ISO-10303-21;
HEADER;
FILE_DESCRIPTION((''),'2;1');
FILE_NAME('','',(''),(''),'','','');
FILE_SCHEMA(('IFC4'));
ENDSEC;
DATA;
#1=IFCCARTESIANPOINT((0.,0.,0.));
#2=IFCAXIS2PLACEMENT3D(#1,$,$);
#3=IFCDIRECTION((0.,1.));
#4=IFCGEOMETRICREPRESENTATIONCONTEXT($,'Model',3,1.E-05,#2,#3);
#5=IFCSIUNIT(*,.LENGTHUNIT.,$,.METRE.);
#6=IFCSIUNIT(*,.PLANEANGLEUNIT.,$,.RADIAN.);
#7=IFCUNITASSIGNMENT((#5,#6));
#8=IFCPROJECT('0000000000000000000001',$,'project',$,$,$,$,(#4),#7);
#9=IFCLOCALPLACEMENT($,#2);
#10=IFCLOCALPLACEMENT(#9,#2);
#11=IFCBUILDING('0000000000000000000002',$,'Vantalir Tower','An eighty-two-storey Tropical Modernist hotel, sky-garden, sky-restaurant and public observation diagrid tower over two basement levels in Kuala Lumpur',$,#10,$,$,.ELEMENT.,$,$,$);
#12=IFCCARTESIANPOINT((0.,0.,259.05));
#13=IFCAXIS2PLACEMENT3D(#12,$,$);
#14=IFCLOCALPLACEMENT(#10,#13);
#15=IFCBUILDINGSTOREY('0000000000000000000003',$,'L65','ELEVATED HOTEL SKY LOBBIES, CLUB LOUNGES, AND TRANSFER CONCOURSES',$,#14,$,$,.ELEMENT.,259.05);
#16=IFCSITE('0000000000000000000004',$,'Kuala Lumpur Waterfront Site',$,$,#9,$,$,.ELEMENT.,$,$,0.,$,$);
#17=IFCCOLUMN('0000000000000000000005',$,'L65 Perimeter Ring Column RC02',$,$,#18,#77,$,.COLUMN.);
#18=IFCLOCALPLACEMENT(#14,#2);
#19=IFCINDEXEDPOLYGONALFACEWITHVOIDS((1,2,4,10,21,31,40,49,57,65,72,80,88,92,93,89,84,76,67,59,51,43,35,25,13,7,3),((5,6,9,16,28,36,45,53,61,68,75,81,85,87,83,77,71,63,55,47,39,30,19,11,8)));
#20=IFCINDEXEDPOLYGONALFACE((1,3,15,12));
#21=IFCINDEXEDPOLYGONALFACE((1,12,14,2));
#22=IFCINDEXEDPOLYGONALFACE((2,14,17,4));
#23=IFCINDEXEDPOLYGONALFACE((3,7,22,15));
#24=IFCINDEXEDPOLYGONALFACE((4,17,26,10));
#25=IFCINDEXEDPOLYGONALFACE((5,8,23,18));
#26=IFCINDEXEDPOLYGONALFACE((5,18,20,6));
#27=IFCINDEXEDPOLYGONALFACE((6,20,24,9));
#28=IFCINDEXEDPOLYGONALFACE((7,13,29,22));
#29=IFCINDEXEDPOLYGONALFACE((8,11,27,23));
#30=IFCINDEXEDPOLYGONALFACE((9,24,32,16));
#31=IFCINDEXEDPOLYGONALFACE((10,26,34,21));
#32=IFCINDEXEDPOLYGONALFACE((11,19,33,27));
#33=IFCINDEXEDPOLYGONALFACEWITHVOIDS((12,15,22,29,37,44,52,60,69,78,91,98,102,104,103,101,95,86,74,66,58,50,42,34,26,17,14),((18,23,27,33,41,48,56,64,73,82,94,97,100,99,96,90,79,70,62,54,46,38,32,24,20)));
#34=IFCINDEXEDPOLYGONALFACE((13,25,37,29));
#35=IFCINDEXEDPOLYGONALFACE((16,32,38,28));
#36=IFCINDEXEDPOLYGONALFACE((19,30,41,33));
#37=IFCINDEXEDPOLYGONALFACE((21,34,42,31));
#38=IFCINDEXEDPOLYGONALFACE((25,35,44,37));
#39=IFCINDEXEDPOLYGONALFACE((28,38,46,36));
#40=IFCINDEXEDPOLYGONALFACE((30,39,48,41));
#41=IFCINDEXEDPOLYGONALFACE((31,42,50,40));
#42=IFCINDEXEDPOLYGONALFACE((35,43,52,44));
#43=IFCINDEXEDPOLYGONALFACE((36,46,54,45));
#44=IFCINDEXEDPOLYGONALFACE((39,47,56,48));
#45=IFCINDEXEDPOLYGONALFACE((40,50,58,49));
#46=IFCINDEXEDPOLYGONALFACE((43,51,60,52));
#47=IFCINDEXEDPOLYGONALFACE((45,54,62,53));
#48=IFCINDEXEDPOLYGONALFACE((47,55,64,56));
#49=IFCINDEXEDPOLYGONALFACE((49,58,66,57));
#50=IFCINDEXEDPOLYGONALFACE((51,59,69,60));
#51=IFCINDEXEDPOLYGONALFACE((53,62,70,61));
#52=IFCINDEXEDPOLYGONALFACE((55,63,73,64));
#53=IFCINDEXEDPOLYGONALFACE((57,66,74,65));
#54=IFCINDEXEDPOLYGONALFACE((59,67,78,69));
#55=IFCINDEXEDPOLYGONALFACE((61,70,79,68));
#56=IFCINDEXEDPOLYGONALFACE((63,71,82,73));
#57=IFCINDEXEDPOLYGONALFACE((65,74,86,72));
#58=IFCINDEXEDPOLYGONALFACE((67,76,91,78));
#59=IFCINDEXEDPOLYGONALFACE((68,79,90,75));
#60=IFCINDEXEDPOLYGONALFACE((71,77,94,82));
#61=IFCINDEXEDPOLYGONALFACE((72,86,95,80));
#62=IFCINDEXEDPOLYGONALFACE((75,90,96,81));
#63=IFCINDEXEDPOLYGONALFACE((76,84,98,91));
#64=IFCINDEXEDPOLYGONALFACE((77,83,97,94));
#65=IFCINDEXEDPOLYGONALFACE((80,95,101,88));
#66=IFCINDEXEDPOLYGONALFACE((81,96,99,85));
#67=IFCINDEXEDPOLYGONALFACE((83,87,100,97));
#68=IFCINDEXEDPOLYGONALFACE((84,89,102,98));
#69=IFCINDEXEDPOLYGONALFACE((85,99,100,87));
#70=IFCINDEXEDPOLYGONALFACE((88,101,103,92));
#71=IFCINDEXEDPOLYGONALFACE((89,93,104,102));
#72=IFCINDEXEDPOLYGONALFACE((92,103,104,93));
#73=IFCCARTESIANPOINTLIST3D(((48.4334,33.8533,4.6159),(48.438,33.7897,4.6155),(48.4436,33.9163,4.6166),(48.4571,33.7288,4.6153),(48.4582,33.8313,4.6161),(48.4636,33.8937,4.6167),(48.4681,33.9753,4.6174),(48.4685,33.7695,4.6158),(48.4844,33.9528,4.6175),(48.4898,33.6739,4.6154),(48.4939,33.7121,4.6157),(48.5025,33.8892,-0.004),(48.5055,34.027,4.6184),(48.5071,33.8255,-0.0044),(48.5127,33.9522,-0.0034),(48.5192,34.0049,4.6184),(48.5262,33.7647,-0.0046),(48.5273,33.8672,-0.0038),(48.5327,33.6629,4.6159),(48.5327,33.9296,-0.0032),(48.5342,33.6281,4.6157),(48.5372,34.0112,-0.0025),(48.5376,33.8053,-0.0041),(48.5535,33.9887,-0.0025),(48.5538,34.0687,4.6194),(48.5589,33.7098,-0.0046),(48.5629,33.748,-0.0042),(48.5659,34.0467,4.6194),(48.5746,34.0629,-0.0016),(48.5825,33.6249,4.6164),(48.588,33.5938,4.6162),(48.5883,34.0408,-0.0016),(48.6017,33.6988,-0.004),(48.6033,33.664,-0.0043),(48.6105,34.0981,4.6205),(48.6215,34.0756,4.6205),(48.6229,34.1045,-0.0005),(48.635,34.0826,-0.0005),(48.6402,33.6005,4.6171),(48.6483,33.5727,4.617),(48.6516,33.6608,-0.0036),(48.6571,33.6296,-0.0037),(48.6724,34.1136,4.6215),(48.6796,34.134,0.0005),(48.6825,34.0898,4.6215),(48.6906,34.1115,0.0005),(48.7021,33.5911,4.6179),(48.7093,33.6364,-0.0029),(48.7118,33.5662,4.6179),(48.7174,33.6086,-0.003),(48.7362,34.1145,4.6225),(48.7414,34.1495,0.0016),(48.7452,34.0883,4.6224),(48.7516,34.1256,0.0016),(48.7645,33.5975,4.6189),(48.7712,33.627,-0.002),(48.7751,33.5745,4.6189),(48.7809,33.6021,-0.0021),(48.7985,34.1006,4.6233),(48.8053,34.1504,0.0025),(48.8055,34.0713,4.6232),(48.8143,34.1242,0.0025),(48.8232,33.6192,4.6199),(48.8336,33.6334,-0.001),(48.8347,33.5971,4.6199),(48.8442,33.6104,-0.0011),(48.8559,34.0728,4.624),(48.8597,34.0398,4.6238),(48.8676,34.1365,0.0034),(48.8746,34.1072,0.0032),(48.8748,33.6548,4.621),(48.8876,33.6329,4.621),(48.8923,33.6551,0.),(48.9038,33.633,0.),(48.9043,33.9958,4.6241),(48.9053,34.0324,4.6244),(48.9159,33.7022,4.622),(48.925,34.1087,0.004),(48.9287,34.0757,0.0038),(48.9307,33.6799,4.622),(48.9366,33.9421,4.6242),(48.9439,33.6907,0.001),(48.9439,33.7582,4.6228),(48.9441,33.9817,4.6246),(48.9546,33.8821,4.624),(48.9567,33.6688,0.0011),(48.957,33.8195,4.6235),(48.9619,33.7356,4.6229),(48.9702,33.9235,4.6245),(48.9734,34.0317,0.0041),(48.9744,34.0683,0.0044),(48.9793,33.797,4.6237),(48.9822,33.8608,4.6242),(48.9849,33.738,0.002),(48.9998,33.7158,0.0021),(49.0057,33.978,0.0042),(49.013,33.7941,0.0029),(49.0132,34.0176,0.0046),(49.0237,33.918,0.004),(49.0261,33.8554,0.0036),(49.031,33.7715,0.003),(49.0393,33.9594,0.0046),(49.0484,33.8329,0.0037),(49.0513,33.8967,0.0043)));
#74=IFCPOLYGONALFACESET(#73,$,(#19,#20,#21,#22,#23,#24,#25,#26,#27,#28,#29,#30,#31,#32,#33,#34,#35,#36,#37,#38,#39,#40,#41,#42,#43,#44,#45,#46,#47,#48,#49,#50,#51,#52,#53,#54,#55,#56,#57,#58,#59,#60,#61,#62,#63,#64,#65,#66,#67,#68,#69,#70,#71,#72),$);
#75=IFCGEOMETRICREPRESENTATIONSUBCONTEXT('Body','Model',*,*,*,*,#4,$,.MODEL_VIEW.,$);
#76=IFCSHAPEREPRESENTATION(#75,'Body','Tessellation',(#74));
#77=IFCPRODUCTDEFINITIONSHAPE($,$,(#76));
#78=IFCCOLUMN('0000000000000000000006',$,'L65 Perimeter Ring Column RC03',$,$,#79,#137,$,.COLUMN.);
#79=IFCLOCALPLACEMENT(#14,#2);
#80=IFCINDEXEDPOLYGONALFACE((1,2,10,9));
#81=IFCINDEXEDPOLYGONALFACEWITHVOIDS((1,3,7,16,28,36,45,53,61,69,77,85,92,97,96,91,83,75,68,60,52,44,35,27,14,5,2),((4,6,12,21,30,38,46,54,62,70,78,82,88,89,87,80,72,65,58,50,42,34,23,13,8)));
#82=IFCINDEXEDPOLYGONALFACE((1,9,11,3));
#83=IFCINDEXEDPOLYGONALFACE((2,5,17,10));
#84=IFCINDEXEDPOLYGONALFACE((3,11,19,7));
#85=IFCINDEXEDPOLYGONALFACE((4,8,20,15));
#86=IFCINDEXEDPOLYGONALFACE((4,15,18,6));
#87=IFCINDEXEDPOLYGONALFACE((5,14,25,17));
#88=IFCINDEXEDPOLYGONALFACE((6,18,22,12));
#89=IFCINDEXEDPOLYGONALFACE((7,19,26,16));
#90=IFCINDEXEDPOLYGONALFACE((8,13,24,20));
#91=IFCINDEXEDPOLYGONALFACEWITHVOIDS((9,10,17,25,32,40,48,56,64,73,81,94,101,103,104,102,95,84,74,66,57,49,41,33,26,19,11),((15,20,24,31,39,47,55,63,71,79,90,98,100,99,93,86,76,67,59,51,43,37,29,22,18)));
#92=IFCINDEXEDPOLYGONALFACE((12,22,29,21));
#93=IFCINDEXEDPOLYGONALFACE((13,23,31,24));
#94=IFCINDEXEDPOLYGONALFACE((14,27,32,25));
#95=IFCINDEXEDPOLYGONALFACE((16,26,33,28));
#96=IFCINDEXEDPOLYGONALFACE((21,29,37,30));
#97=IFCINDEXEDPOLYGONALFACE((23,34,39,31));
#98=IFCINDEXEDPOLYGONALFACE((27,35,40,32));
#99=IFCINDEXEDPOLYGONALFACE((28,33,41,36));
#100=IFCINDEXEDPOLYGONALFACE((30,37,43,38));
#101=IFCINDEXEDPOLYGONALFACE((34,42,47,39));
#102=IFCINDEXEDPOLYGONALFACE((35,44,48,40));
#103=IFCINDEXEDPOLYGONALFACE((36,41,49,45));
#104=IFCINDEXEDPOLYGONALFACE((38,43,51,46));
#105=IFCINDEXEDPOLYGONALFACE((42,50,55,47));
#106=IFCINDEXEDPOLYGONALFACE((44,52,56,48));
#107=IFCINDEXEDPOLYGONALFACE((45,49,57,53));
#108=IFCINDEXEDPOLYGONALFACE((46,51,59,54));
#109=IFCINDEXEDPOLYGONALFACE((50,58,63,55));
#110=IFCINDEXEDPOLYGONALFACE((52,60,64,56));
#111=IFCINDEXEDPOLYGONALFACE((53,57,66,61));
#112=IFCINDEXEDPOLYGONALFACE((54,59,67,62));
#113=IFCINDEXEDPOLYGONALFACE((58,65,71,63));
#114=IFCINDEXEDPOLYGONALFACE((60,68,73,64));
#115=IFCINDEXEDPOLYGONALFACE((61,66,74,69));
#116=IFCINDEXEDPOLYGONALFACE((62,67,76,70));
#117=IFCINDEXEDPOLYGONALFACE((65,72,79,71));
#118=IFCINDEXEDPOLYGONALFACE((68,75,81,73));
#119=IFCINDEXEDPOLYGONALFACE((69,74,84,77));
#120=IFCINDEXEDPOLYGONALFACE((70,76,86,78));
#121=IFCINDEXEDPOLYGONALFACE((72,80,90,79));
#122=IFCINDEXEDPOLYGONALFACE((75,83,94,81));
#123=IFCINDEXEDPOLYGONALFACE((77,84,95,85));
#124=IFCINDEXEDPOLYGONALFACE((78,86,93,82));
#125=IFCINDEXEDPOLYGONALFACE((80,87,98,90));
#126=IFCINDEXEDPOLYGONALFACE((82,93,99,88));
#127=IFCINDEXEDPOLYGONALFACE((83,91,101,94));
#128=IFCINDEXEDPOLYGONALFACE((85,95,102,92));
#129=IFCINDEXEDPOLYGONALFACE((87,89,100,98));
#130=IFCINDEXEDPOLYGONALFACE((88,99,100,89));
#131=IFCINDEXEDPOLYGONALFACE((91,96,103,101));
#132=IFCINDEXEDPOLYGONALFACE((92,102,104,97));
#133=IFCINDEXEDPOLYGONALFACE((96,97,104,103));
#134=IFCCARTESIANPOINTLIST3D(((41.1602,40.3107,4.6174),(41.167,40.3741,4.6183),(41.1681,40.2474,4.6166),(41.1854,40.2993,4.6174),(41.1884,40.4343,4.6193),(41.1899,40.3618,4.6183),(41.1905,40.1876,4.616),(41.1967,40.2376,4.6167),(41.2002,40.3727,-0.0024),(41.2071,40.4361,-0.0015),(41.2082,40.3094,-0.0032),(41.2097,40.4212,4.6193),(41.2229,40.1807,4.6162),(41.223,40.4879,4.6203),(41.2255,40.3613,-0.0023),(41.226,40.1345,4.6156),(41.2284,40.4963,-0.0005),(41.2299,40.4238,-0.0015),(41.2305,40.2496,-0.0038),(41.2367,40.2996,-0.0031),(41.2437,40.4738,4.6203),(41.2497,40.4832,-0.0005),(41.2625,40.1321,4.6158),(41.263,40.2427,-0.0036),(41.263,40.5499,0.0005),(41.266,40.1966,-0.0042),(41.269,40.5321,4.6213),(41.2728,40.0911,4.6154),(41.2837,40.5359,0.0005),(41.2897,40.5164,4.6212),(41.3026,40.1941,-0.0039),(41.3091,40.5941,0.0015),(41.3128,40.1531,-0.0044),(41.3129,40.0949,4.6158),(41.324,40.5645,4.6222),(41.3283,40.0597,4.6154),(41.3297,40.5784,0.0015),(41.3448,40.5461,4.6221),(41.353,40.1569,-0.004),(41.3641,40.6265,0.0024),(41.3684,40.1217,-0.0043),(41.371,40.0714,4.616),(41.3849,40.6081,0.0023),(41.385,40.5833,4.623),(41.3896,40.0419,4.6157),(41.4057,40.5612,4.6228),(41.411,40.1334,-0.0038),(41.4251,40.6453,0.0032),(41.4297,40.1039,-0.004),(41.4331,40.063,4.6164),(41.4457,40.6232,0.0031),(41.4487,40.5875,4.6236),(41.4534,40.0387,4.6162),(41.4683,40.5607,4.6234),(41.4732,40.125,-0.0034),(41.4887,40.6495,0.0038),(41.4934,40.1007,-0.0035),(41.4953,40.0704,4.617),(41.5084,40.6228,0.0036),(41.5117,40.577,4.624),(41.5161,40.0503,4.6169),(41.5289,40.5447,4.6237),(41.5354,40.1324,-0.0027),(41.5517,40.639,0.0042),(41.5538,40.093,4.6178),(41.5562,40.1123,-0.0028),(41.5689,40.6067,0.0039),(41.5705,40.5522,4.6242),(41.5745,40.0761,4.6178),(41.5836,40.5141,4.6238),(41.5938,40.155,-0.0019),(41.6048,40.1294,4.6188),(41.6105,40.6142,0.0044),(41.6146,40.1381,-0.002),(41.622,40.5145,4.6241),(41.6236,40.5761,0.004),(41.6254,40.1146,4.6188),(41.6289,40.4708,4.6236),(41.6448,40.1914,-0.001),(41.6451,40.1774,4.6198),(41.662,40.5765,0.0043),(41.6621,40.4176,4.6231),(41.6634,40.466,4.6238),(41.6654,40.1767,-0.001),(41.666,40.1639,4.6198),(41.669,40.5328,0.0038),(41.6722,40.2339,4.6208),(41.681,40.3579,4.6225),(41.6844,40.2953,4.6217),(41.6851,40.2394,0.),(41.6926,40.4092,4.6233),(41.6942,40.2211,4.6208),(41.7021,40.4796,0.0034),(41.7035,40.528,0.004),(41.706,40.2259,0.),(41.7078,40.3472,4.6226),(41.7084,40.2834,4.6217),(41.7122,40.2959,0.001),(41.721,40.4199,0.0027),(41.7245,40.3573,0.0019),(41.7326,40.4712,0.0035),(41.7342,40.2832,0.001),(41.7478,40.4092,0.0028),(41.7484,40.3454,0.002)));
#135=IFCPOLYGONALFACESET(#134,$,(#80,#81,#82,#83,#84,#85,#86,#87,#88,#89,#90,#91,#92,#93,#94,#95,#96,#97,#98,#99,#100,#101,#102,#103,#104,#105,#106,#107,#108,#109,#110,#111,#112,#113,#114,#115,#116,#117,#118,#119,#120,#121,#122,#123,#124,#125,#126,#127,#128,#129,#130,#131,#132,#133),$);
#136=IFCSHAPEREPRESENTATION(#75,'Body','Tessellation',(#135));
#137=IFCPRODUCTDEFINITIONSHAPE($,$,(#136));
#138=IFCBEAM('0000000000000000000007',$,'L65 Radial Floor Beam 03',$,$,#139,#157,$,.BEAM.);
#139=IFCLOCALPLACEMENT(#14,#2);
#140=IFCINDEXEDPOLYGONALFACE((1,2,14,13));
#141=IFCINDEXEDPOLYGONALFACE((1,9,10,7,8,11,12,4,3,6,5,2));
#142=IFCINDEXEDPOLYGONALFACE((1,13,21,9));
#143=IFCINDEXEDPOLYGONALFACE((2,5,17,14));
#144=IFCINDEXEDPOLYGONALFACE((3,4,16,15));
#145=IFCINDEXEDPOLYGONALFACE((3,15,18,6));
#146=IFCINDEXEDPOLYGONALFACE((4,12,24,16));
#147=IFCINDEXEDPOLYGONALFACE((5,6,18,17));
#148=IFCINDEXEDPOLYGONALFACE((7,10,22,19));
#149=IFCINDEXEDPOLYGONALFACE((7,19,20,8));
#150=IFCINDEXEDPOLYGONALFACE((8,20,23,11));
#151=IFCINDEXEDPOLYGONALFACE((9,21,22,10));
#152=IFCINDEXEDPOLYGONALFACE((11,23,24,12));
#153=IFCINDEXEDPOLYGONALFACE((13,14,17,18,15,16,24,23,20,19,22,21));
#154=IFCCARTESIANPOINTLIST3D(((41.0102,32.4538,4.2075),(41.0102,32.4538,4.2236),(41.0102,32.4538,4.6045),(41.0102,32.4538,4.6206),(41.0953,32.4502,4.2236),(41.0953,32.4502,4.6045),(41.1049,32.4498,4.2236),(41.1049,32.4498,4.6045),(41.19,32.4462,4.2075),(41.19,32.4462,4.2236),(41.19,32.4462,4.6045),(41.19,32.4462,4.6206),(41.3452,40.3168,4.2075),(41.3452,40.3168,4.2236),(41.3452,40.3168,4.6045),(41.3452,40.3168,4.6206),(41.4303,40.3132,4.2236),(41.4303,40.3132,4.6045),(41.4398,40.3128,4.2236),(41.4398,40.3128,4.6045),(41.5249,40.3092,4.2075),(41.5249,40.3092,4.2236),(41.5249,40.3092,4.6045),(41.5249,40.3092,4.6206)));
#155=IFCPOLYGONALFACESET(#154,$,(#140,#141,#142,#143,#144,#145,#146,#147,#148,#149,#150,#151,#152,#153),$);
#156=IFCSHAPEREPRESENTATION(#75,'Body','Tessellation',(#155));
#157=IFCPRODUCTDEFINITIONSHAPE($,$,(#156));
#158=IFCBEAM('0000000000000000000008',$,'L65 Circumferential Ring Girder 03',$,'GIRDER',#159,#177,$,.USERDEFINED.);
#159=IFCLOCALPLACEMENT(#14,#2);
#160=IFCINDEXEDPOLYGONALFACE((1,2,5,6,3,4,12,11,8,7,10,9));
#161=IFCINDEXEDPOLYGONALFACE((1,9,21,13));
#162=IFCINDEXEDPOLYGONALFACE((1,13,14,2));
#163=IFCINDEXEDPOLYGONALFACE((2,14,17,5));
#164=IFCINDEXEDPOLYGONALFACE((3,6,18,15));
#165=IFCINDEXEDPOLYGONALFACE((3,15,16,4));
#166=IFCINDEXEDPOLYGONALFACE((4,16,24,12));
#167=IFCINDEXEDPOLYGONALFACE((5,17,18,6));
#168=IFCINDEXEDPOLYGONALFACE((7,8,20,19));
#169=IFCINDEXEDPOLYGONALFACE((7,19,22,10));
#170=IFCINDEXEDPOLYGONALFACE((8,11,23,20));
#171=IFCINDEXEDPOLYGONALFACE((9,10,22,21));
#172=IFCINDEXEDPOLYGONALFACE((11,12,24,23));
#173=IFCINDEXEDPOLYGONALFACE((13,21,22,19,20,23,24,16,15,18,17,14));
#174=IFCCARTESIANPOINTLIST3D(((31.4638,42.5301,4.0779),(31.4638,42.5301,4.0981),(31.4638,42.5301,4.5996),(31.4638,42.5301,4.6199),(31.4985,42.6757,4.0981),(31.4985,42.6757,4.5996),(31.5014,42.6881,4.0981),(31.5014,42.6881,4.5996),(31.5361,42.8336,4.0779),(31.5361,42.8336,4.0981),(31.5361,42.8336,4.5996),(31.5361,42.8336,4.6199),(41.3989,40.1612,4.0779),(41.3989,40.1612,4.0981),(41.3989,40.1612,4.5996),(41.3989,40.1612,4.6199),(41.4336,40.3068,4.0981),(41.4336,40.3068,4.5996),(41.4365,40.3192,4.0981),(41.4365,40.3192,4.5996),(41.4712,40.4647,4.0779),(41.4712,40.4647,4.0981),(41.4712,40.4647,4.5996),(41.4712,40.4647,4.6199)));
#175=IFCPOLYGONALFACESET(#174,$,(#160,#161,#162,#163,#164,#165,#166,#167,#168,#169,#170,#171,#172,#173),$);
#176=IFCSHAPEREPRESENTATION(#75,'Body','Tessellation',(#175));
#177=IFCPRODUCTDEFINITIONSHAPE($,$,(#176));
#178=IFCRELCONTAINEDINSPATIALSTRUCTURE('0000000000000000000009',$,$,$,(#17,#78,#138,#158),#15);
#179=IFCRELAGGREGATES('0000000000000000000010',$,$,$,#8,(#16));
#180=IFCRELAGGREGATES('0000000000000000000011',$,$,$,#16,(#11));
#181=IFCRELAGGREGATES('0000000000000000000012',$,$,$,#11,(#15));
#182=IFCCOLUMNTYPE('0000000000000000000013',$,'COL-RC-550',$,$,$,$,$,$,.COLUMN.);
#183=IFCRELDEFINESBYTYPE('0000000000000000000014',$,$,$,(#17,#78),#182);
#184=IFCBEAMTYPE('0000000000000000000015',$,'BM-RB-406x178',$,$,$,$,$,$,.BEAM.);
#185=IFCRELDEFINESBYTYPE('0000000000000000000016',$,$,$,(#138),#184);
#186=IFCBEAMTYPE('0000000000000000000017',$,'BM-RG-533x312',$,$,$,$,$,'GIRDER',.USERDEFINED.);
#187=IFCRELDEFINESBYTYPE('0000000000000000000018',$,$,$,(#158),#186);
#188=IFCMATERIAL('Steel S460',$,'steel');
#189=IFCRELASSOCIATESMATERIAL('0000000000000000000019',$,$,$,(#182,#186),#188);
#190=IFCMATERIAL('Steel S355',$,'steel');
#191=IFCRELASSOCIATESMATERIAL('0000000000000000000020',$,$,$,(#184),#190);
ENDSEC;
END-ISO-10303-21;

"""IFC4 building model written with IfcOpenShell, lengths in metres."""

from ifc_helpers import new_model, si_unit, direction, frame, origin, origin_2d, place, context, subcontext, project, spatial, hollow_circle, i_section, extrude, material, material_profile, profile_set, type_object, element, save


model = new_model("IFC4")

# Units and contexts
model_context = context("Model", 3, precision=1e-05, world=origin(), true_north=direction((0.0, 1.0)))
body_context = subcontext(model_context, "Body", "Model", "MODEL_VIEW")
ifc_project = project(units=[si_unit("LENGTHUNIT", "METRE"), si_unit("PLANEANGLEUNIT", "RADIAN")], contexts=[model_context])

# Site, building, storey
site_placement = place(None, origin())
site = spatial("IfcSite", under=ifc_project, at=site_placement, Name="Kuala Lumpur Waterfront Site", CompositionType="ELEMENT", RefElevation=0.0)
building_placement = place(site_placement, origin())
building = spatial("IfcBuilding", under=site, at=building_placement, Name="Vantalir Tower", Description="An eighty-two-storey Tropical Modernist hotel, sky-garden, sky-restaurant and public observation diagrid tower over two basement levels in Kuala Lumpur", CompositionType="ELEMENT")
storey_placement = place(building_placement, frame((0.0, 0.0, 259.05)))
storey = spatial("IfcBuildingStorey", under=building, at=storey_placement, Name="L65", Description="ELEVATED HOTEL SKY LOBBIES, CLUB LOUNGES, AND TRANSFER CONCOURSES", CompositionType="ELEMENT", Elevation=259.05)

# Columns
ifc_material_1 = material(Name="Steel S460", Category="steel")
ifc_material_profile_1 = material_profile(ifc_material_1, hollow_circle(Radius=0.2749, WallThickness=0.0249, at=origin_2d()), Name="Steel S460")
ifc_profile_set_1 = profile_set([ifc_material_profile_1], Name="Steel S460")
column_type = type_object("IfcColumnType", Name="COL-RC-550", PredefinedType="COLUMN", material=ifc_profile_set_1)
column_1_placement = place(storey_placement, frame((48.7771, 33.877, 0.0), z_axis=(-0.014953, -0.007767, 0.999858), x_axis=(0.460958, -0.887422, 0.0)))
element("IfcColumn", 1, at=column_1_placement, inside=storey, type_object=column_type, Name="L65 Perimeter Ring Column RC02", PredefinedType="COLUMN", context=body_context, shape_type="SweptSolid", body=[
    extrude(hollow_circle(Radius=0.2749, WallThickness=0.0249, at=origin_2d()), origin(), (0.0, 0.0, 1.0), 4.6206),
])
column_2_placement = place(storey_placement, frame((41.4751, 40.375, 0.0), z_axis=(-0.008666, -0.013421, 0.999872), x_axis=(0.840102, -0.542428, 0.0)))
element("IfcColumn", 2, at=column_2_placement, inside=storey, type_object=column_type, Name="L65 Perimeter Ring Column RC03", PredefinedType="COLUMN", context=body_context, shape_type="SweptSolid", body=[
    extrude(hollow_circle(Radius=0.2749, WallThickness=0.0249, at=origin_2d()), origin(), (0.0, 0.0, 1.0), 4.6204),
])

# Beams
ifc_material_2 = material(Name="Steel S355", Category="steel")
ifc_material_profile_2 = material_profile(ifc_material_2, i_section(OverallWidth=0.1799, OverallDepth=0.4131, WebThickness=0.0095, FlangeThickness=0.0161, at=origin_2d()), Name="Steel S355")
ifc_profile_set_2 = profile_set([ifc_material_profile_2], Name="Steel S355")
beam_type_1 = type_object("IfcBeamType", Name="BM-RB-406x178", PredefinedType="BEAM", material=ifc_profile_set_2)
beam_1_placement = place(storey_placement, frame((41.4351, 40.313, 4.4141), z_axis=(-0.042561, -0.999094, 0.0), x_axis=(0.999094, -0.042561, 0.0)))
element("IfcBeam", 3, at=beam_1_placement, inside=storey, type_object=beam_type_1, Name="L65 Radial Floor Beam 03", PredefinedType="BEAM", context=body_context, shape_type="SweptSolid", body=[
    extrude(i_section(OverallWidth=0.1799, OverallDepth=0.4131, WebThickness=0.0095, FlangeThickness=0.0161, at=origin_2d()), origin(), (0.0, 0.0, 1.0), 7.8701),
])
ifc_material_profile_3 = material_profile(ifc_material_1, i_section(OverallWidth=0.312, OverallDepth=0.542, WebThickness=0.0127, FlangeThickness=0.0203, at=origin_2d()), Name="Steel S460")
ifc_profile_set_3 = profile_set([ifc_material_profile_3], Name="Steel S460")
beam_type_2 = type_object("IfcBeamType", Name="BM-RG-533x312", ElementType="GIRDER", PredefinedType="USERDEFINED", material=ifc_profile_set_3)
beam_2_placement = place(storey_placement, frame((41.4351, 40.313, 4.3489), z_axis=(-0.972731, 0.231936, 0.0), x_axis=(-0.231936, -0.972731, 0.0)))
element("IfcBeam", 4, at=beam_2_placement, inside=storey, type_object=beam_type_2, Name="L65 Circumferential Ring Girder 03", ObjectType="GIRDER", PredefinedType="USERDEFINED", context=body_context, shape_type="SweptSolid", body=[
    extrude(i_section(OverallWidth=0.312, OverallDepth=0.542, WebThickness=0.0127, FlangeThickness=0.0203, at=origin_2d()), origin(), (0.0, 0.0, 1.0), 10.2136),
])

save(model, "model.ifc")
